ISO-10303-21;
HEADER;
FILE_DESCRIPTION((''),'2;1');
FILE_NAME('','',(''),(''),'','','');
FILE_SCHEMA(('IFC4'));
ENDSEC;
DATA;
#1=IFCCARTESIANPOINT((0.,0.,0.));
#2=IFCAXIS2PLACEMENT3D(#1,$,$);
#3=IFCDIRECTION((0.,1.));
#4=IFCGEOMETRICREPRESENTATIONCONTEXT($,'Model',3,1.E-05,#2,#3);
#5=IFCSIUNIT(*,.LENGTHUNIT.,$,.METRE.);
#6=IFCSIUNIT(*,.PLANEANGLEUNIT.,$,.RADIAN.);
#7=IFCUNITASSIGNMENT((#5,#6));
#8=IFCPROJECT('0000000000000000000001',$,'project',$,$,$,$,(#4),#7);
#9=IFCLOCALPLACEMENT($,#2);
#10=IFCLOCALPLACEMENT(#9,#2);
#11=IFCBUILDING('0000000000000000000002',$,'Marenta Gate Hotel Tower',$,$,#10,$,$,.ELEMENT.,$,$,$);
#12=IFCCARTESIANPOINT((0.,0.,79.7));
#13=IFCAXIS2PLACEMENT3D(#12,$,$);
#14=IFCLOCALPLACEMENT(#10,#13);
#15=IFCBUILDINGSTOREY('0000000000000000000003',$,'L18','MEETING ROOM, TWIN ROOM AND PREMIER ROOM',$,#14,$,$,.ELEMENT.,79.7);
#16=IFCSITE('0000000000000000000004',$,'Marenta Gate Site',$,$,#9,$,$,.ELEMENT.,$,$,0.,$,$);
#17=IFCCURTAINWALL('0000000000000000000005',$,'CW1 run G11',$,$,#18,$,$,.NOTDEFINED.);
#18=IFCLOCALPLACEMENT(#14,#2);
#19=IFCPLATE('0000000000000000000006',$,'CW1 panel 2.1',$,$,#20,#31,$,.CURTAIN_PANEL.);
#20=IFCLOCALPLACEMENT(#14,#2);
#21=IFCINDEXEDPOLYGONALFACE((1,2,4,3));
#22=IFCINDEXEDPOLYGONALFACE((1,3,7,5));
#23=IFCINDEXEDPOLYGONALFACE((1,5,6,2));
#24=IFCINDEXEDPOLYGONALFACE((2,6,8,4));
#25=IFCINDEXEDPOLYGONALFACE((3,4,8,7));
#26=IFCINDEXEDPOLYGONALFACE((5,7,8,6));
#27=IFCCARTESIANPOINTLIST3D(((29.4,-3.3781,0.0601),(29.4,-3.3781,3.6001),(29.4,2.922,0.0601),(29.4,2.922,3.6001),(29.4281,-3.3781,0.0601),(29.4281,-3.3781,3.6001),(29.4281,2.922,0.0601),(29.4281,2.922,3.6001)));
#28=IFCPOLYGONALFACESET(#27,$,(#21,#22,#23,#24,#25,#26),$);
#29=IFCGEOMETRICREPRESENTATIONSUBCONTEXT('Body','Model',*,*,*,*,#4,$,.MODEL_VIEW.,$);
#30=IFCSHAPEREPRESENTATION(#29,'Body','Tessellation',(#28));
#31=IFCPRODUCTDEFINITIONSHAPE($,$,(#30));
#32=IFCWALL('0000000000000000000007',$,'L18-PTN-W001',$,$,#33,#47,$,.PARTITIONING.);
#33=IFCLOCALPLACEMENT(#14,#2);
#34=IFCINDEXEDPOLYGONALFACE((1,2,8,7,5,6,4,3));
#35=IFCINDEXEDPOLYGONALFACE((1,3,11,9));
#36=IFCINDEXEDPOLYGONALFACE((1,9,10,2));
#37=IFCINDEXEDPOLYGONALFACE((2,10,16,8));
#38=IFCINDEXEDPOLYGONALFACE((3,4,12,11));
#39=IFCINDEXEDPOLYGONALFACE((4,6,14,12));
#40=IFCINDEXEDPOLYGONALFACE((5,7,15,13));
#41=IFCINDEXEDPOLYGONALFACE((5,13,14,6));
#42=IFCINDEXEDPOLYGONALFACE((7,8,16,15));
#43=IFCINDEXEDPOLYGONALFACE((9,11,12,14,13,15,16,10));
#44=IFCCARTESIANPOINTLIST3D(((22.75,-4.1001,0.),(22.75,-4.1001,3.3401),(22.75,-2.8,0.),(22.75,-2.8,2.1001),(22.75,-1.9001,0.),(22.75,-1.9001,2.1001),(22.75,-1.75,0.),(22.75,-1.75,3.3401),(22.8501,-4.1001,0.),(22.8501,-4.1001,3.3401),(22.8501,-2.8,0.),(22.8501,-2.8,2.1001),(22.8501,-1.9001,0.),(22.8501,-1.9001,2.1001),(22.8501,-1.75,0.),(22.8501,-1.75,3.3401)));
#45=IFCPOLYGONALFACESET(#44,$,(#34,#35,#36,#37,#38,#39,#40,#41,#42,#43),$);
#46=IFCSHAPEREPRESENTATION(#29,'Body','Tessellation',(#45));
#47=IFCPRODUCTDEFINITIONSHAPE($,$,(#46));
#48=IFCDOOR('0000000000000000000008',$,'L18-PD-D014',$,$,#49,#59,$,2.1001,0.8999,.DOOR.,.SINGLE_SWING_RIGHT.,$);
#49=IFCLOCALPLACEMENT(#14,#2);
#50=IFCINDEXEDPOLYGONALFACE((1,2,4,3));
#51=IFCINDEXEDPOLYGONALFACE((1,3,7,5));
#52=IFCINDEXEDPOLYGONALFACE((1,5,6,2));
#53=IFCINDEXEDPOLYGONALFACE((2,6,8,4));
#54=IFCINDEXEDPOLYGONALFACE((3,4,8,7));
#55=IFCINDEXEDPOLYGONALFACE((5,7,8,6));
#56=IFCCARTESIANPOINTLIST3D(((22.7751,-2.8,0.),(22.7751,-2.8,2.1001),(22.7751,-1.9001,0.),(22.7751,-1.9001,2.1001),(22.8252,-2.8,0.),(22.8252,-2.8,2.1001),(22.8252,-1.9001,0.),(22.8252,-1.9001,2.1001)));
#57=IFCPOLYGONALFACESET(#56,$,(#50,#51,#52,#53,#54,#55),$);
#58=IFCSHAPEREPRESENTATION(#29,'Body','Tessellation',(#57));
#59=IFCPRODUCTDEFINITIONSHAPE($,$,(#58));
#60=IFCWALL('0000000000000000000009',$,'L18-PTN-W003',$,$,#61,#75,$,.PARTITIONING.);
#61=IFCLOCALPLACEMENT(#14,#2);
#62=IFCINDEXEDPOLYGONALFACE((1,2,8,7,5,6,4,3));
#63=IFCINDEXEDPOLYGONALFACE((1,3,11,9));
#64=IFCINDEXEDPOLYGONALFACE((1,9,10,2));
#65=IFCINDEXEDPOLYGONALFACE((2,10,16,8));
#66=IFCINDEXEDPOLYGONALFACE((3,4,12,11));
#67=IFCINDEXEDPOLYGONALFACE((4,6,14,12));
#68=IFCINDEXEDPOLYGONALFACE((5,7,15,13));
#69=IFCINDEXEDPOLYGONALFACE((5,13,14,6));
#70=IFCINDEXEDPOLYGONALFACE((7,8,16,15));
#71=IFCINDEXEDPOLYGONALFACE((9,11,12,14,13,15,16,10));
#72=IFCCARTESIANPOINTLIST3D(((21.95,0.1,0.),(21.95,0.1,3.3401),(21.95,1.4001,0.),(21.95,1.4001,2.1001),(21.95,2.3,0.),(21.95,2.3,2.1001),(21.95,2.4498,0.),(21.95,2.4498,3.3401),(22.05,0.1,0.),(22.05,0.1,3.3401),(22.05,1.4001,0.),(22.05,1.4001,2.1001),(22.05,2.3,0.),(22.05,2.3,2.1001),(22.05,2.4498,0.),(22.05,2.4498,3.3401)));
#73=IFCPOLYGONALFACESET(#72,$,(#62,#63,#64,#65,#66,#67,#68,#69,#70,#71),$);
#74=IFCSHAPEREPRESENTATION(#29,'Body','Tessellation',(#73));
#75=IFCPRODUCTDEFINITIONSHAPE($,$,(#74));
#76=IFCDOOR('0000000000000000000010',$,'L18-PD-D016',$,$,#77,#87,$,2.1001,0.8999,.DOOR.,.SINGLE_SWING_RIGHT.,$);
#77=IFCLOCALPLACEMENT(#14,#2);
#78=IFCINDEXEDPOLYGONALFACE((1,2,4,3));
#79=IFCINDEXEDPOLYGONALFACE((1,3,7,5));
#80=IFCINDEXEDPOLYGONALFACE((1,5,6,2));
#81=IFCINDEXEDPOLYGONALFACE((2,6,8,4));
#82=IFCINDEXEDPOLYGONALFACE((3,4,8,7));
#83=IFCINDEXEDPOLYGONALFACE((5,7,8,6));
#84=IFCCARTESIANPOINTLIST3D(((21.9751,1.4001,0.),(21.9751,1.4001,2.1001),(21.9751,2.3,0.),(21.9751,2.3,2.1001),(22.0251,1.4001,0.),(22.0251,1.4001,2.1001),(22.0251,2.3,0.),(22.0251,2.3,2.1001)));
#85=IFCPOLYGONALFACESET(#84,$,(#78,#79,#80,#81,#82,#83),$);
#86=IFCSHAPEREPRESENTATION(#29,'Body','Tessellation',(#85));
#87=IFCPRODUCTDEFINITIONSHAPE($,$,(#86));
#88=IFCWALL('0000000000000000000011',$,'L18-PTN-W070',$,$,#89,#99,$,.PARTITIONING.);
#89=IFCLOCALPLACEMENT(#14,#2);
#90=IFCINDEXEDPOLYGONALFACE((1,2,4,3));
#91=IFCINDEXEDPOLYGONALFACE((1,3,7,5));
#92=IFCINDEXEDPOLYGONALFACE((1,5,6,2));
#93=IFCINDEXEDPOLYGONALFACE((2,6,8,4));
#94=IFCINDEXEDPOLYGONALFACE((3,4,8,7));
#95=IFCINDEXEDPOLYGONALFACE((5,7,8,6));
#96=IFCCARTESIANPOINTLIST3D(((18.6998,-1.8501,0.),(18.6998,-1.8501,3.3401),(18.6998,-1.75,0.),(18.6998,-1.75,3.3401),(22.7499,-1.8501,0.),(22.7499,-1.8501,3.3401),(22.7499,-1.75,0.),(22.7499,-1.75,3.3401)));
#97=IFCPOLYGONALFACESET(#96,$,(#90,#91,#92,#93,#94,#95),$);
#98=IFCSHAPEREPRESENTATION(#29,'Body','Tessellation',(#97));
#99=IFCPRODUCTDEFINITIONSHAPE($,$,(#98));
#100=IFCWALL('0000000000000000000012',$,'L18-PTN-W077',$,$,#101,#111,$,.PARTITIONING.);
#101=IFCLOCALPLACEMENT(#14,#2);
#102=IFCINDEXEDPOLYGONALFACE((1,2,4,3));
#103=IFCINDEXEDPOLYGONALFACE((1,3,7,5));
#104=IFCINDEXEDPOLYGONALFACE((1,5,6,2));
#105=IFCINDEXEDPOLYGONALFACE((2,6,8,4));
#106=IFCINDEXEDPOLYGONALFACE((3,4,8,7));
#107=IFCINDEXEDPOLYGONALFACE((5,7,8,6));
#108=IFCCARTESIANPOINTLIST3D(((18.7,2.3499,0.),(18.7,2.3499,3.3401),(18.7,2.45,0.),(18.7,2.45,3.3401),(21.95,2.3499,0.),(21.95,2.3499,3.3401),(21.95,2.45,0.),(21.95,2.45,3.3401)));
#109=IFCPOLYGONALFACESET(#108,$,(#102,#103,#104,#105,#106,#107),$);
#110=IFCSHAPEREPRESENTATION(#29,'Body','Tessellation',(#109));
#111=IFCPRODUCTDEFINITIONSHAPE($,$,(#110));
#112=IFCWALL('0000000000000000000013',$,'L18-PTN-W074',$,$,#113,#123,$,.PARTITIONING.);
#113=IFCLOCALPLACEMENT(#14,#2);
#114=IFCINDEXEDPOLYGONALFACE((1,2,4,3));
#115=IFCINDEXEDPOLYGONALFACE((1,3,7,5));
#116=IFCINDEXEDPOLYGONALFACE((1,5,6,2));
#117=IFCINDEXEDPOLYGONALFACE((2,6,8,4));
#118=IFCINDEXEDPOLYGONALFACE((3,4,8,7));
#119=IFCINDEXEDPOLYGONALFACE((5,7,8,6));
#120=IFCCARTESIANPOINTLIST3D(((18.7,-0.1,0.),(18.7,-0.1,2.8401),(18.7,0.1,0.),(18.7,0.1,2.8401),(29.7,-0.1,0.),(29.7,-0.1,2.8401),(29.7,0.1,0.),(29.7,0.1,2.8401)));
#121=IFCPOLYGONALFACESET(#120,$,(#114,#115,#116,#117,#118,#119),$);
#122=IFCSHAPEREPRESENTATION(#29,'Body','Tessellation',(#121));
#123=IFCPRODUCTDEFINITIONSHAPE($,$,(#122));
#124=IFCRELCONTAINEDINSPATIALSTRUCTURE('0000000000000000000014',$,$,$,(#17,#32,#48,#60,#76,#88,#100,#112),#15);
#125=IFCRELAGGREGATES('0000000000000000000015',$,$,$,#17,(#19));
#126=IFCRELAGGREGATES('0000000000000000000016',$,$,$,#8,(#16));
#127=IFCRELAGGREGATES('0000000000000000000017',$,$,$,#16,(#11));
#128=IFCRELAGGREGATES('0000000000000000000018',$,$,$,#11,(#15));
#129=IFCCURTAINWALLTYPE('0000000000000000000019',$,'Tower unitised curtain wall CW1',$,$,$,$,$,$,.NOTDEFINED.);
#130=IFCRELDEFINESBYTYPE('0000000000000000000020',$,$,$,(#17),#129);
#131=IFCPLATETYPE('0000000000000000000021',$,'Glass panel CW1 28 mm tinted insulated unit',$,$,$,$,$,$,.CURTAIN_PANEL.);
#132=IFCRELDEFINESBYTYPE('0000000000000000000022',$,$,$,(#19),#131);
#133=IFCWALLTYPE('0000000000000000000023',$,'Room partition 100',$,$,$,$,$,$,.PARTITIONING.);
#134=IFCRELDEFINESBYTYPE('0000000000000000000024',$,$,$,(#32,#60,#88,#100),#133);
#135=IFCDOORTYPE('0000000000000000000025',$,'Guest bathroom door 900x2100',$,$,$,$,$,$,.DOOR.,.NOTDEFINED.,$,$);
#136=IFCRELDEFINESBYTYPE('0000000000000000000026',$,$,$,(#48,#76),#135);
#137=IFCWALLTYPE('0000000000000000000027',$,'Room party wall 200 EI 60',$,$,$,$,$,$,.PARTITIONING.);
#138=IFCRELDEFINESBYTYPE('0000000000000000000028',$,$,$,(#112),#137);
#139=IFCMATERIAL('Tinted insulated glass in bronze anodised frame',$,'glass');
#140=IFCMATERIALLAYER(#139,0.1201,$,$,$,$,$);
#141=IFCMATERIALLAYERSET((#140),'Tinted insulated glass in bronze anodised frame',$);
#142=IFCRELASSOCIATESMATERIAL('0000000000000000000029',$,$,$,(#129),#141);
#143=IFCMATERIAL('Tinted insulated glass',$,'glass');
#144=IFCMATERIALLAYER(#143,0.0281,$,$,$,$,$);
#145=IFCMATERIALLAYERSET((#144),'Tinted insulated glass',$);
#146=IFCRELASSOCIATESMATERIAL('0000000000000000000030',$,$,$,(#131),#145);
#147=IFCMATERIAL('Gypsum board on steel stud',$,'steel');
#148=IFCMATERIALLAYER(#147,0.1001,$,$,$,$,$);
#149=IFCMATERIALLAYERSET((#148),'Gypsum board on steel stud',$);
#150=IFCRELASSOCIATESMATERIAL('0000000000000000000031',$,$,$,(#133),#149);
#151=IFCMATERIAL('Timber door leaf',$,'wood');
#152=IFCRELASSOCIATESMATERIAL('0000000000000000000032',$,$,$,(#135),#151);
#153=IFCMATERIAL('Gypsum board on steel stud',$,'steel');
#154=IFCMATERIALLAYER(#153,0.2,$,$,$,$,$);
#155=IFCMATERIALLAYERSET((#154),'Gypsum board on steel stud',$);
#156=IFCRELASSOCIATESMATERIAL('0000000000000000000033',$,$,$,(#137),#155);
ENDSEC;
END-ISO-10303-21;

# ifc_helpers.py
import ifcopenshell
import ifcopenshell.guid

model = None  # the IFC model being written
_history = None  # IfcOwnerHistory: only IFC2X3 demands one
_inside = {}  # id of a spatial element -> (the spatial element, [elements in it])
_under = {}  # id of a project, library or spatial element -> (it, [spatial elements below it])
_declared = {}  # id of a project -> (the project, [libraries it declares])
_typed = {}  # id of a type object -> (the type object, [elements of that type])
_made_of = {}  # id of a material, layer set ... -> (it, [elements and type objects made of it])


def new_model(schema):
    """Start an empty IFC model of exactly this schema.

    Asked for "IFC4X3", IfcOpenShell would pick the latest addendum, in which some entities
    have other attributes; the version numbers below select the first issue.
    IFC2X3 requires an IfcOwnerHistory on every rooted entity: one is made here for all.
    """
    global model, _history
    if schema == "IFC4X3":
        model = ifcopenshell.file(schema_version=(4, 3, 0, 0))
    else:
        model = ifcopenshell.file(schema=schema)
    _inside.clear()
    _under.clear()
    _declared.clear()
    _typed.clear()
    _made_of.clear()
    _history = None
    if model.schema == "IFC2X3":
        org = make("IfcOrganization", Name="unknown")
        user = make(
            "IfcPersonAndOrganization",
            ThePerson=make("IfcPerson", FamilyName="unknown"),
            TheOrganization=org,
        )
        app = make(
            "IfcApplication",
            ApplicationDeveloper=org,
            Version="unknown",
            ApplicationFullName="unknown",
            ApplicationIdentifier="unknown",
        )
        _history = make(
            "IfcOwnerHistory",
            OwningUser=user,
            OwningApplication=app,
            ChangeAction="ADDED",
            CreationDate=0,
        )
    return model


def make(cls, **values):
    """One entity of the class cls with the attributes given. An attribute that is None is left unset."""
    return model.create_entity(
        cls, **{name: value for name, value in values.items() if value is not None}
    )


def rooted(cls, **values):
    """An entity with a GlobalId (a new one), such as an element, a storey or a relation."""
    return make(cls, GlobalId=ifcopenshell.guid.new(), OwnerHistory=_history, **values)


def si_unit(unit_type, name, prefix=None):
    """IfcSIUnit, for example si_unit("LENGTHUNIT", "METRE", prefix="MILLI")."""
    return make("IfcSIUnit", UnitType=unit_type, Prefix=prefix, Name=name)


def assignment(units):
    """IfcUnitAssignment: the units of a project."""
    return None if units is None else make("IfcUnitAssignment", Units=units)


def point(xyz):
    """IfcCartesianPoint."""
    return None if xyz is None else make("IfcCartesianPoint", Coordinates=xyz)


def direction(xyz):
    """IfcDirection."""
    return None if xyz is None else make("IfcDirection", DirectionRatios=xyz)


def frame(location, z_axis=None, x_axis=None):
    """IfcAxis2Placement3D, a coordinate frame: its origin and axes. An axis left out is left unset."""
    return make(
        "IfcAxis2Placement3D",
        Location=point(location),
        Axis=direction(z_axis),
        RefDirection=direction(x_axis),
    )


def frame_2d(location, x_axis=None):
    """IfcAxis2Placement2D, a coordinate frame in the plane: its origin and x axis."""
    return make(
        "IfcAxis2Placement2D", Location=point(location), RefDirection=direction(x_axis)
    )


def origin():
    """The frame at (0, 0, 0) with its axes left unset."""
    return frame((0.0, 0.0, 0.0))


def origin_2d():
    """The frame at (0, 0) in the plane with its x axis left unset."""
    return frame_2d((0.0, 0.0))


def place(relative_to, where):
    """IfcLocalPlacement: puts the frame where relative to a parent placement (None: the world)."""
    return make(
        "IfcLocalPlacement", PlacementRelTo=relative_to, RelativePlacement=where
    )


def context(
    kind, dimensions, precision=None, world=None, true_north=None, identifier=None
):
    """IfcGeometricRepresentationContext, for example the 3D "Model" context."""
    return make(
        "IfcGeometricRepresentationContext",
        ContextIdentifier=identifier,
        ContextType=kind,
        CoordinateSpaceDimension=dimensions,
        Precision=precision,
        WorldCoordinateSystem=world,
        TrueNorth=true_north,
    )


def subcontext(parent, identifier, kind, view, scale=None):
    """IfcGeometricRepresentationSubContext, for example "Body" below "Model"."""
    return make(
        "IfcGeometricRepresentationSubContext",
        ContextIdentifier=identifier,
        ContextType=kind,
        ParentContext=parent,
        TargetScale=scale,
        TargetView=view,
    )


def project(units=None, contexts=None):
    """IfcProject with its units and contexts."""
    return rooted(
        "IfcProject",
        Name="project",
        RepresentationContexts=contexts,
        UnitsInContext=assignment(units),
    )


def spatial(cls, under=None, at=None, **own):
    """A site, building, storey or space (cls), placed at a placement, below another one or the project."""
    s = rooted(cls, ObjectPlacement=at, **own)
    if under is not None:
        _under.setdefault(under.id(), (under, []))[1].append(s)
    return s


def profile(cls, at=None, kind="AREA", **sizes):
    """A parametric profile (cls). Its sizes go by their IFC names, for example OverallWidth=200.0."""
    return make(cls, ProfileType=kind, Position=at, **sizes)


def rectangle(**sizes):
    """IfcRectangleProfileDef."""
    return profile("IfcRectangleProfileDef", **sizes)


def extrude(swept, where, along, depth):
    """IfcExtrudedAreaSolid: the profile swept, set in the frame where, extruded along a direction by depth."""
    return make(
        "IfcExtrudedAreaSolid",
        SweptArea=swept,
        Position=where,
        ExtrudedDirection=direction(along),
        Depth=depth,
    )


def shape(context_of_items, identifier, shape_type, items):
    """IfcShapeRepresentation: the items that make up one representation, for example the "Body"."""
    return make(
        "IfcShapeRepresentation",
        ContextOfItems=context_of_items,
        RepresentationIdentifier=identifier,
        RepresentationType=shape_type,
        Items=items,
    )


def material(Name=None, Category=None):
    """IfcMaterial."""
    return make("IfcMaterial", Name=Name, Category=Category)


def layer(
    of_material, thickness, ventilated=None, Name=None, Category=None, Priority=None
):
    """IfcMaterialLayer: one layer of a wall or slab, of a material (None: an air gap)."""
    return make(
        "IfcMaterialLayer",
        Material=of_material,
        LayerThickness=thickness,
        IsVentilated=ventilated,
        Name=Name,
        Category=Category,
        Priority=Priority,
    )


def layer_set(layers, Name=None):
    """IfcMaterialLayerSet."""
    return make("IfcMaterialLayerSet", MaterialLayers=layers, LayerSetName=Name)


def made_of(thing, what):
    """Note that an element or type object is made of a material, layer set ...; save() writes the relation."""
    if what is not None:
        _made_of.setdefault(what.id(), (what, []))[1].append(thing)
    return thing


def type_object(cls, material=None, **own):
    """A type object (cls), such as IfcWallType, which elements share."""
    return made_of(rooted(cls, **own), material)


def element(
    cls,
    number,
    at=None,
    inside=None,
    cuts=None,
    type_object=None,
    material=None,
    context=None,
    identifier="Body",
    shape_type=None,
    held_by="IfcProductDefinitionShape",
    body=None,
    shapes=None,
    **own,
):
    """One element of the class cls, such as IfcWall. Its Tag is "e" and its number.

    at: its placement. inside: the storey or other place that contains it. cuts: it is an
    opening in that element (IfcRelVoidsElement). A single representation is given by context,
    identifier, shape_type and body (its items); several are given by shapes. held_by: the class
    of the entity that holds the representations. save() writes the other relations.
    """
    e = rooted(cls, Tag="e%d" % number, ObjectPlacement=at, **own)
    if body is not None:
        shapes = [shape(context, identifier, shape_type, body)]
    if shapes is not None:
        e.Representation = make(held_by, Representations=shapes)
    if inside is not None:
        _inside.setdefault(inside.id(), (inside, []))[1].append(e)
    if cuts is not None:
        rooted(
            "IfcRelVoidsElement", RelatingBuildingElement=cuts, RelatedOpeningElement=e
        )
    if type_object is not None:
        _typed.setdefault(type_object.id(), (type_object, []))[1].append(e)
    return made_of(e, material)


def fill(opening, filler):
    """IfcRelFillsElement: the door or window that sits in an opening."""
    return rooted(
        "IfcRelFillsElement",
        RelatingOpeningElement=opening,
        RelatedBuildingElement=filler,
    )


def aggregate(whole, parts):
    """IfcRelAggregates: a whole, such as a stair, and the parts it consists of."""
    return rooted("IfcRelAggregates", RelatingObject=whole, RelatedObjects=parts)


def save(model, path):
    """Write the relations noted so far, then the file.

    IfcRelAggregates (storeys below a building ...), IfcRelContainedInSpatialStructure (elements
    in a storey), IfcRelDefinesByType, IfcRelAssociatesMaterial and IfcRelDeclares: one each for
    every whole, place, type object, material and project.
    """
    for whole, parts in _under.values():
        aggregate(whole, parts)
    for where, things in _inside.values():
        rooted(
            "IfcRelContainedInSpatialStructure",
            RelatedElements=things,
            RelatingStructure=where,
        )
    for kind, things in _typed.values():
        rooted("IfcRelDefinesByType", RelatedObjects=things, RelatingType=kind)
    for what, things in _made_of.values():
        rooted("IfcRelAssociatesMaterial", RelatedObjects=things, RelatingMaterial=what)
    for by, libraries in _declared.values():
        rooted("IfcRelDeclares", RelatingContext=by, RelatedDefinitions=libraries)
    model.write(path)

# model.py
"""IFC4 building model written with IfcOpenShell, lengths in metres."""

from ifc_helpers import new_model, si_unit, direction, frame, frame_2d, origin, origin_2d, place, context, subcontext, project, spatial, rectangle, extrude, material, layer, layer_set, type_object, element, fill, aggregate, save


model = new_model("IFC4")

# Units and contexts
model_context = context("Model", 3, precision=1e-05, world=origin(), true_north=direction((0.0, 1.0)))
body_context = subcontext(model_context, "Body", "Model", "MODEL_VIEW")
ifc_project = project(units=[si_unit("LENGTHUNIT", "METRE"), si_unit("PLANEANGLEUNIT", "RADIAN")], contexts=[model_context])

# Site, building, storey
site_placement = place(None, origin())
site = spatial("IfcSite", under=ifc_project, at=site_placement, Name="Marenta Gate Site", CompositionType="ELEMENT", RefElevation=0.0)
building_placement = place(site_placement, origin())
building = spatial("IfcBuilding", under=site, at=building_placement, Name="Marenta Gate Hotel Tower", CompositionType="ELEMENT")
storey_placement = place(building_placement, frame((0.0, 0.0, 79.7)))
storey = spatial("IfcBuildingStorey", under=building, at=storey_placement, Name="L18", Description="MEETING ROOM, TWIN ROOM AND PREMIER ROOM", CompositionType="ELEMENT", Elevation=79.7)

# Curtain wall, plate
ifc_material_1 = material(Name="Tinted insulated glass in bronze anodised frame", Category="glass")
ifc_layer_1 = layer(ifc_material_1, 0.1201)
ifc_layer_set_1 = layer_set([ifc_layer_1], Name="Tinted insulated glass in bronze anodised frame")
curtain_wall_type = type_object("IfcCurtainWallType", Name="Tower unitised curtain wall CW1", PredefinedType="NOTDEFINED", material=ifc_layer_set_1)
curtain_wall_placement = place(storey_placement, origin())
curtain_wall = element("IfcCurtainWall", 1, at=curtain_wall_placement, inside=storey, type_object=curtain_wall_type, Name="CW1 run G11", PredefinedType="NOTDEFINED")
ifc_material_2 = material(Name="Tinted insulated glass", Category="glass")
ifc_layer_2 = layer(ifc_material_2, 0.0281)
ifc_layer_set_2 = layer_set([ifc_layer_2], Name="Tinted insulated glass")
plate_type = type_object("IfcPlateType", Name="Glass panel CW1 28 mm tinted insulated unit", PredefinedType="CURTAIN_PANEL", material=ifc_layer_set_2)
plate_placement = place(storey_placement, frame((29.4141, -0.228, 0.0601), z_axis=(0.0, 0.0, 1.0), x_axis=(0.0, 1.0, 0.0)))
plate = element("IfcPlate", 2, at=plate_placement, type_object=plate_type, Name="CW1 panel 2.1", PredefinedType="CURTAIN_PANEL", context=body_context, shape_type="SweptSolid", body=[
    extrude(rectangle(XDim=6.3, YDim=0.0281, at=origin_2d()), origin(), (0.0, 0.0, 1.0), 3.54),
])
aggregate(curtain_wall, [plate])

# Walls, openings, doors
ifc_material_3 = material(Name="Gypsum board on steel stud", Category="steel")
ifc_layer_3 = layer(ifc_material_3, 0.1001)
ifc_layer_set_3 = layer_set([ifc_layer_3], Name="Gypsum board on steel stud")
wall_type_1 = type_object("IfcWallType", Name="Room partition 100", PredefinedType="PARTITIONING", material=ifc_layer_set_3)
wall_1_placement = place(storey_placement, frame((22.8, -4.1001, 0.0), z_axis=(0.0, 0.0, 1.0), x_axis=(0.0, 1.0, 0.0)))
wall_1 = element("IfcWall", 3, at=wall_1_placement, inside=storey, type_object=wall_type_1, Name="L18-PTN-W001", PredefinedType="PARTITIONING", context=body_context, shape_type="SweptSolid", body=[
    extrude(rectangle(XDim=2.3501, YDim=0.1001, at=frame_2d((1.175, 0.0))), origin(), (0.0, 0.0, 1.0), 3.3401),
])
opening_1_placement = place(wall_1_placement, frame((1.3, 0.0, 0.0)))
opening_1 = element("IfcOpeningElement", 4, at=opening_1_placement, cuts=wall_1, PredefinedType="OPENING", context=body_context, shape_type="SweptSolid", body=[
    extrude(rectangle(XDim=0.8999, YDim=2.1001, at=frame_2d((0.45, 1.05))), frame((0.0, 0.05, 0.0), z_axis=(0.0, -1.0, 0.0), x_axis=(1.0, 0.0, 0.0)), (0.0, 0.0, 1.0), 0.1001),
])
ifc_material_4 = material(Name="Timber door leaf", Category="wood")
door_type_1 = type_object("IfcDoorType", Name="Guest bathroom door 900x2100", OperationType="NOTDEFINED", PredefinedType="DOOR", material=ifc_material_4)
door_1_placement = place(opening_1_placement, origin())
door_1 = element("IfcDoor", 5, at=door_1_placement, inside=storey, type_object=door_type_1, Name="L18-PD-D014", OperationType="SINGLE_SWING_RIGHT", OverallHeight=2.1001, OverallWidth=0.8999, PredefinedType="DOOR", context=body_context, shape_type="SweptSolid", body=[
    extrude(rectangle(XDim=0.8999, YDim=2.1001, at=frame_2d((0.45, 1.05))), frame((0.0, 0.0249, 0.0), z_axis=(0.0, -1.0, 0.0), x_axis=(1.0, 0.0, 0.0)), (0.0, 0.0, 1.0), 0.05),
])
fill(opening_1, door_1)
wall_2_placement = place(storey_placement, frame((22.0, 0.1001, 0.0), z_axis=(0.0, 0.0, 1.0), x_axis=(0.0, 1.0, 0.0)))
wall_2 = element("IfcWall", 6, at=wall_2_placement, inside=storey, type_object=wall_type_1, Name="L18-PTN-W003", PredefinedType="PARTITIONING", context=body_context, shape_type="SweptSolid", body=[
    extrude(rectangle(XDim=2.3499, YDim=0.1001, at=frame_2d((1.1748, 0.0))), origin(), (0.0, 0.0, 1.0), 3.3401),
])
opening_2_placement = place(wall_2_placement, frame((1.3, 0.0, 0.0)))
opening_2 = element("IfcOpeningElement", 7, at=opening_2_placement, cuts=wall_2, PredefinedType="OPENING", context=body_context, shape_type="SweptSolid", body=[
    extrude(rectangle(XDim=0.8999, YDim=2.1001, at=frame_2d((0.45, 1.05))), frame((0.0, 0.05, 0.0), z_axis=(0.0, -1.0, 0.0), x_axis=(1.0, 0.0, 0.0)), (0.0, 0.0, 1.0), 0.1001),
])
door_2_placement = place(opening_2_placement, origin())
door_2 = element("IfcDoor", 8, at=door_2_placement, inside=storey, type_object=door_type_1, Name="L18-PD-D016", OperationType="SINGLE_SWING_RIGHT", OverallHeight=2.1001, OverallWidth=0.8999, PredefinedType="DOOR", context=body_context, shape_type="SweptSolid", body=[
    extrude(rectangle(XDim=0.8999, YDim=2.1001, at=frame_2d((0.45, 1.05))), frame((0.0, 0.0249, 0.0), z_axis=(0.0, -1.0, 0.0), x_axis=(1.0, 0.0, 0.0)), (0.0, 0.0, 1.0), 0.05),
])
fill(opening_2, door_2)

# Walls
wall_3_placement = place(storey_placement, frame((18.7, -1.8, 0.0), z_axis=(0.0, 0.0, 1.0), x_axis=(1.0, 0.0, 0.0)))
element("IfcWall", 9, at=wall_3_placement, inside=storey, type_object=wall_type_1, Name="L18-PTN-W070", PredefinedType="PARTITIONING", context=body_context, shape_type="SweptSolid", body=[
    extrude(rectangle(XDim=4.05, YDim=0.1001, at=frame_2d((2.0249, 0.0))), origin(), (0.0, 0.0, 1.0), 3.3401),
])
wall_4_placement = place(storey_placement, frame((18.7, 2.3999, 0.0), z_axis=(0.0, 0.0, 1.0), x_axis=(1.0, 0.0, 0.0)))
element("IfcWall", 10, at=wall_4_placement, inside=storey, type_object=wall_type_1, Name="L18-PTN-W077", PredefinedType="PARTITIONING", context=body_context, shape_type="SweptSolid", body=[
    extrude(rectangle(XDim=3.25, YDim=0.1001, at=frame_2d((1.625, 0.0))), origin(), (0.0, 0.0, 1.0), 3.3401),
])
ifc_material_5 = material(Name="Gypsum board on steel stud", Category="steel")
ifc_layer_4 = layer(ifc_material_5, 0.2)
ifc_layer_set_4 = layer_set([ifc_layer_4], Name="Gypsum board on steel stud")
wall_type_2 = type_object("IfcWallType", Name="Room party wall 200 EI 60", PredefinedType="PARTITIONING", material=ifc_layer_set_4)
wall_5_placement = place(storey_placement, frame((18.7, 0.0, 0.0), z_axis=(0.0, 0.0, 1.0), x_axis=(1.0, 0.0, 0.0)))
element("IfcWall", 11, at=wall_5_placement, inside=storey, type_object=wall_type_2, Name="L18-PTN-W074", PredefinedType="PARTITIONING", context=body_context, shape_type="SweptSolid", body=[
    extrude(rectangle(XDim=11.0, YDim=0.2, at=frame_2d((5.5, 0.0))), origin(), (0.0, 0.0, 1.0), 2.8401),
])

save(model, "model.ifc")
